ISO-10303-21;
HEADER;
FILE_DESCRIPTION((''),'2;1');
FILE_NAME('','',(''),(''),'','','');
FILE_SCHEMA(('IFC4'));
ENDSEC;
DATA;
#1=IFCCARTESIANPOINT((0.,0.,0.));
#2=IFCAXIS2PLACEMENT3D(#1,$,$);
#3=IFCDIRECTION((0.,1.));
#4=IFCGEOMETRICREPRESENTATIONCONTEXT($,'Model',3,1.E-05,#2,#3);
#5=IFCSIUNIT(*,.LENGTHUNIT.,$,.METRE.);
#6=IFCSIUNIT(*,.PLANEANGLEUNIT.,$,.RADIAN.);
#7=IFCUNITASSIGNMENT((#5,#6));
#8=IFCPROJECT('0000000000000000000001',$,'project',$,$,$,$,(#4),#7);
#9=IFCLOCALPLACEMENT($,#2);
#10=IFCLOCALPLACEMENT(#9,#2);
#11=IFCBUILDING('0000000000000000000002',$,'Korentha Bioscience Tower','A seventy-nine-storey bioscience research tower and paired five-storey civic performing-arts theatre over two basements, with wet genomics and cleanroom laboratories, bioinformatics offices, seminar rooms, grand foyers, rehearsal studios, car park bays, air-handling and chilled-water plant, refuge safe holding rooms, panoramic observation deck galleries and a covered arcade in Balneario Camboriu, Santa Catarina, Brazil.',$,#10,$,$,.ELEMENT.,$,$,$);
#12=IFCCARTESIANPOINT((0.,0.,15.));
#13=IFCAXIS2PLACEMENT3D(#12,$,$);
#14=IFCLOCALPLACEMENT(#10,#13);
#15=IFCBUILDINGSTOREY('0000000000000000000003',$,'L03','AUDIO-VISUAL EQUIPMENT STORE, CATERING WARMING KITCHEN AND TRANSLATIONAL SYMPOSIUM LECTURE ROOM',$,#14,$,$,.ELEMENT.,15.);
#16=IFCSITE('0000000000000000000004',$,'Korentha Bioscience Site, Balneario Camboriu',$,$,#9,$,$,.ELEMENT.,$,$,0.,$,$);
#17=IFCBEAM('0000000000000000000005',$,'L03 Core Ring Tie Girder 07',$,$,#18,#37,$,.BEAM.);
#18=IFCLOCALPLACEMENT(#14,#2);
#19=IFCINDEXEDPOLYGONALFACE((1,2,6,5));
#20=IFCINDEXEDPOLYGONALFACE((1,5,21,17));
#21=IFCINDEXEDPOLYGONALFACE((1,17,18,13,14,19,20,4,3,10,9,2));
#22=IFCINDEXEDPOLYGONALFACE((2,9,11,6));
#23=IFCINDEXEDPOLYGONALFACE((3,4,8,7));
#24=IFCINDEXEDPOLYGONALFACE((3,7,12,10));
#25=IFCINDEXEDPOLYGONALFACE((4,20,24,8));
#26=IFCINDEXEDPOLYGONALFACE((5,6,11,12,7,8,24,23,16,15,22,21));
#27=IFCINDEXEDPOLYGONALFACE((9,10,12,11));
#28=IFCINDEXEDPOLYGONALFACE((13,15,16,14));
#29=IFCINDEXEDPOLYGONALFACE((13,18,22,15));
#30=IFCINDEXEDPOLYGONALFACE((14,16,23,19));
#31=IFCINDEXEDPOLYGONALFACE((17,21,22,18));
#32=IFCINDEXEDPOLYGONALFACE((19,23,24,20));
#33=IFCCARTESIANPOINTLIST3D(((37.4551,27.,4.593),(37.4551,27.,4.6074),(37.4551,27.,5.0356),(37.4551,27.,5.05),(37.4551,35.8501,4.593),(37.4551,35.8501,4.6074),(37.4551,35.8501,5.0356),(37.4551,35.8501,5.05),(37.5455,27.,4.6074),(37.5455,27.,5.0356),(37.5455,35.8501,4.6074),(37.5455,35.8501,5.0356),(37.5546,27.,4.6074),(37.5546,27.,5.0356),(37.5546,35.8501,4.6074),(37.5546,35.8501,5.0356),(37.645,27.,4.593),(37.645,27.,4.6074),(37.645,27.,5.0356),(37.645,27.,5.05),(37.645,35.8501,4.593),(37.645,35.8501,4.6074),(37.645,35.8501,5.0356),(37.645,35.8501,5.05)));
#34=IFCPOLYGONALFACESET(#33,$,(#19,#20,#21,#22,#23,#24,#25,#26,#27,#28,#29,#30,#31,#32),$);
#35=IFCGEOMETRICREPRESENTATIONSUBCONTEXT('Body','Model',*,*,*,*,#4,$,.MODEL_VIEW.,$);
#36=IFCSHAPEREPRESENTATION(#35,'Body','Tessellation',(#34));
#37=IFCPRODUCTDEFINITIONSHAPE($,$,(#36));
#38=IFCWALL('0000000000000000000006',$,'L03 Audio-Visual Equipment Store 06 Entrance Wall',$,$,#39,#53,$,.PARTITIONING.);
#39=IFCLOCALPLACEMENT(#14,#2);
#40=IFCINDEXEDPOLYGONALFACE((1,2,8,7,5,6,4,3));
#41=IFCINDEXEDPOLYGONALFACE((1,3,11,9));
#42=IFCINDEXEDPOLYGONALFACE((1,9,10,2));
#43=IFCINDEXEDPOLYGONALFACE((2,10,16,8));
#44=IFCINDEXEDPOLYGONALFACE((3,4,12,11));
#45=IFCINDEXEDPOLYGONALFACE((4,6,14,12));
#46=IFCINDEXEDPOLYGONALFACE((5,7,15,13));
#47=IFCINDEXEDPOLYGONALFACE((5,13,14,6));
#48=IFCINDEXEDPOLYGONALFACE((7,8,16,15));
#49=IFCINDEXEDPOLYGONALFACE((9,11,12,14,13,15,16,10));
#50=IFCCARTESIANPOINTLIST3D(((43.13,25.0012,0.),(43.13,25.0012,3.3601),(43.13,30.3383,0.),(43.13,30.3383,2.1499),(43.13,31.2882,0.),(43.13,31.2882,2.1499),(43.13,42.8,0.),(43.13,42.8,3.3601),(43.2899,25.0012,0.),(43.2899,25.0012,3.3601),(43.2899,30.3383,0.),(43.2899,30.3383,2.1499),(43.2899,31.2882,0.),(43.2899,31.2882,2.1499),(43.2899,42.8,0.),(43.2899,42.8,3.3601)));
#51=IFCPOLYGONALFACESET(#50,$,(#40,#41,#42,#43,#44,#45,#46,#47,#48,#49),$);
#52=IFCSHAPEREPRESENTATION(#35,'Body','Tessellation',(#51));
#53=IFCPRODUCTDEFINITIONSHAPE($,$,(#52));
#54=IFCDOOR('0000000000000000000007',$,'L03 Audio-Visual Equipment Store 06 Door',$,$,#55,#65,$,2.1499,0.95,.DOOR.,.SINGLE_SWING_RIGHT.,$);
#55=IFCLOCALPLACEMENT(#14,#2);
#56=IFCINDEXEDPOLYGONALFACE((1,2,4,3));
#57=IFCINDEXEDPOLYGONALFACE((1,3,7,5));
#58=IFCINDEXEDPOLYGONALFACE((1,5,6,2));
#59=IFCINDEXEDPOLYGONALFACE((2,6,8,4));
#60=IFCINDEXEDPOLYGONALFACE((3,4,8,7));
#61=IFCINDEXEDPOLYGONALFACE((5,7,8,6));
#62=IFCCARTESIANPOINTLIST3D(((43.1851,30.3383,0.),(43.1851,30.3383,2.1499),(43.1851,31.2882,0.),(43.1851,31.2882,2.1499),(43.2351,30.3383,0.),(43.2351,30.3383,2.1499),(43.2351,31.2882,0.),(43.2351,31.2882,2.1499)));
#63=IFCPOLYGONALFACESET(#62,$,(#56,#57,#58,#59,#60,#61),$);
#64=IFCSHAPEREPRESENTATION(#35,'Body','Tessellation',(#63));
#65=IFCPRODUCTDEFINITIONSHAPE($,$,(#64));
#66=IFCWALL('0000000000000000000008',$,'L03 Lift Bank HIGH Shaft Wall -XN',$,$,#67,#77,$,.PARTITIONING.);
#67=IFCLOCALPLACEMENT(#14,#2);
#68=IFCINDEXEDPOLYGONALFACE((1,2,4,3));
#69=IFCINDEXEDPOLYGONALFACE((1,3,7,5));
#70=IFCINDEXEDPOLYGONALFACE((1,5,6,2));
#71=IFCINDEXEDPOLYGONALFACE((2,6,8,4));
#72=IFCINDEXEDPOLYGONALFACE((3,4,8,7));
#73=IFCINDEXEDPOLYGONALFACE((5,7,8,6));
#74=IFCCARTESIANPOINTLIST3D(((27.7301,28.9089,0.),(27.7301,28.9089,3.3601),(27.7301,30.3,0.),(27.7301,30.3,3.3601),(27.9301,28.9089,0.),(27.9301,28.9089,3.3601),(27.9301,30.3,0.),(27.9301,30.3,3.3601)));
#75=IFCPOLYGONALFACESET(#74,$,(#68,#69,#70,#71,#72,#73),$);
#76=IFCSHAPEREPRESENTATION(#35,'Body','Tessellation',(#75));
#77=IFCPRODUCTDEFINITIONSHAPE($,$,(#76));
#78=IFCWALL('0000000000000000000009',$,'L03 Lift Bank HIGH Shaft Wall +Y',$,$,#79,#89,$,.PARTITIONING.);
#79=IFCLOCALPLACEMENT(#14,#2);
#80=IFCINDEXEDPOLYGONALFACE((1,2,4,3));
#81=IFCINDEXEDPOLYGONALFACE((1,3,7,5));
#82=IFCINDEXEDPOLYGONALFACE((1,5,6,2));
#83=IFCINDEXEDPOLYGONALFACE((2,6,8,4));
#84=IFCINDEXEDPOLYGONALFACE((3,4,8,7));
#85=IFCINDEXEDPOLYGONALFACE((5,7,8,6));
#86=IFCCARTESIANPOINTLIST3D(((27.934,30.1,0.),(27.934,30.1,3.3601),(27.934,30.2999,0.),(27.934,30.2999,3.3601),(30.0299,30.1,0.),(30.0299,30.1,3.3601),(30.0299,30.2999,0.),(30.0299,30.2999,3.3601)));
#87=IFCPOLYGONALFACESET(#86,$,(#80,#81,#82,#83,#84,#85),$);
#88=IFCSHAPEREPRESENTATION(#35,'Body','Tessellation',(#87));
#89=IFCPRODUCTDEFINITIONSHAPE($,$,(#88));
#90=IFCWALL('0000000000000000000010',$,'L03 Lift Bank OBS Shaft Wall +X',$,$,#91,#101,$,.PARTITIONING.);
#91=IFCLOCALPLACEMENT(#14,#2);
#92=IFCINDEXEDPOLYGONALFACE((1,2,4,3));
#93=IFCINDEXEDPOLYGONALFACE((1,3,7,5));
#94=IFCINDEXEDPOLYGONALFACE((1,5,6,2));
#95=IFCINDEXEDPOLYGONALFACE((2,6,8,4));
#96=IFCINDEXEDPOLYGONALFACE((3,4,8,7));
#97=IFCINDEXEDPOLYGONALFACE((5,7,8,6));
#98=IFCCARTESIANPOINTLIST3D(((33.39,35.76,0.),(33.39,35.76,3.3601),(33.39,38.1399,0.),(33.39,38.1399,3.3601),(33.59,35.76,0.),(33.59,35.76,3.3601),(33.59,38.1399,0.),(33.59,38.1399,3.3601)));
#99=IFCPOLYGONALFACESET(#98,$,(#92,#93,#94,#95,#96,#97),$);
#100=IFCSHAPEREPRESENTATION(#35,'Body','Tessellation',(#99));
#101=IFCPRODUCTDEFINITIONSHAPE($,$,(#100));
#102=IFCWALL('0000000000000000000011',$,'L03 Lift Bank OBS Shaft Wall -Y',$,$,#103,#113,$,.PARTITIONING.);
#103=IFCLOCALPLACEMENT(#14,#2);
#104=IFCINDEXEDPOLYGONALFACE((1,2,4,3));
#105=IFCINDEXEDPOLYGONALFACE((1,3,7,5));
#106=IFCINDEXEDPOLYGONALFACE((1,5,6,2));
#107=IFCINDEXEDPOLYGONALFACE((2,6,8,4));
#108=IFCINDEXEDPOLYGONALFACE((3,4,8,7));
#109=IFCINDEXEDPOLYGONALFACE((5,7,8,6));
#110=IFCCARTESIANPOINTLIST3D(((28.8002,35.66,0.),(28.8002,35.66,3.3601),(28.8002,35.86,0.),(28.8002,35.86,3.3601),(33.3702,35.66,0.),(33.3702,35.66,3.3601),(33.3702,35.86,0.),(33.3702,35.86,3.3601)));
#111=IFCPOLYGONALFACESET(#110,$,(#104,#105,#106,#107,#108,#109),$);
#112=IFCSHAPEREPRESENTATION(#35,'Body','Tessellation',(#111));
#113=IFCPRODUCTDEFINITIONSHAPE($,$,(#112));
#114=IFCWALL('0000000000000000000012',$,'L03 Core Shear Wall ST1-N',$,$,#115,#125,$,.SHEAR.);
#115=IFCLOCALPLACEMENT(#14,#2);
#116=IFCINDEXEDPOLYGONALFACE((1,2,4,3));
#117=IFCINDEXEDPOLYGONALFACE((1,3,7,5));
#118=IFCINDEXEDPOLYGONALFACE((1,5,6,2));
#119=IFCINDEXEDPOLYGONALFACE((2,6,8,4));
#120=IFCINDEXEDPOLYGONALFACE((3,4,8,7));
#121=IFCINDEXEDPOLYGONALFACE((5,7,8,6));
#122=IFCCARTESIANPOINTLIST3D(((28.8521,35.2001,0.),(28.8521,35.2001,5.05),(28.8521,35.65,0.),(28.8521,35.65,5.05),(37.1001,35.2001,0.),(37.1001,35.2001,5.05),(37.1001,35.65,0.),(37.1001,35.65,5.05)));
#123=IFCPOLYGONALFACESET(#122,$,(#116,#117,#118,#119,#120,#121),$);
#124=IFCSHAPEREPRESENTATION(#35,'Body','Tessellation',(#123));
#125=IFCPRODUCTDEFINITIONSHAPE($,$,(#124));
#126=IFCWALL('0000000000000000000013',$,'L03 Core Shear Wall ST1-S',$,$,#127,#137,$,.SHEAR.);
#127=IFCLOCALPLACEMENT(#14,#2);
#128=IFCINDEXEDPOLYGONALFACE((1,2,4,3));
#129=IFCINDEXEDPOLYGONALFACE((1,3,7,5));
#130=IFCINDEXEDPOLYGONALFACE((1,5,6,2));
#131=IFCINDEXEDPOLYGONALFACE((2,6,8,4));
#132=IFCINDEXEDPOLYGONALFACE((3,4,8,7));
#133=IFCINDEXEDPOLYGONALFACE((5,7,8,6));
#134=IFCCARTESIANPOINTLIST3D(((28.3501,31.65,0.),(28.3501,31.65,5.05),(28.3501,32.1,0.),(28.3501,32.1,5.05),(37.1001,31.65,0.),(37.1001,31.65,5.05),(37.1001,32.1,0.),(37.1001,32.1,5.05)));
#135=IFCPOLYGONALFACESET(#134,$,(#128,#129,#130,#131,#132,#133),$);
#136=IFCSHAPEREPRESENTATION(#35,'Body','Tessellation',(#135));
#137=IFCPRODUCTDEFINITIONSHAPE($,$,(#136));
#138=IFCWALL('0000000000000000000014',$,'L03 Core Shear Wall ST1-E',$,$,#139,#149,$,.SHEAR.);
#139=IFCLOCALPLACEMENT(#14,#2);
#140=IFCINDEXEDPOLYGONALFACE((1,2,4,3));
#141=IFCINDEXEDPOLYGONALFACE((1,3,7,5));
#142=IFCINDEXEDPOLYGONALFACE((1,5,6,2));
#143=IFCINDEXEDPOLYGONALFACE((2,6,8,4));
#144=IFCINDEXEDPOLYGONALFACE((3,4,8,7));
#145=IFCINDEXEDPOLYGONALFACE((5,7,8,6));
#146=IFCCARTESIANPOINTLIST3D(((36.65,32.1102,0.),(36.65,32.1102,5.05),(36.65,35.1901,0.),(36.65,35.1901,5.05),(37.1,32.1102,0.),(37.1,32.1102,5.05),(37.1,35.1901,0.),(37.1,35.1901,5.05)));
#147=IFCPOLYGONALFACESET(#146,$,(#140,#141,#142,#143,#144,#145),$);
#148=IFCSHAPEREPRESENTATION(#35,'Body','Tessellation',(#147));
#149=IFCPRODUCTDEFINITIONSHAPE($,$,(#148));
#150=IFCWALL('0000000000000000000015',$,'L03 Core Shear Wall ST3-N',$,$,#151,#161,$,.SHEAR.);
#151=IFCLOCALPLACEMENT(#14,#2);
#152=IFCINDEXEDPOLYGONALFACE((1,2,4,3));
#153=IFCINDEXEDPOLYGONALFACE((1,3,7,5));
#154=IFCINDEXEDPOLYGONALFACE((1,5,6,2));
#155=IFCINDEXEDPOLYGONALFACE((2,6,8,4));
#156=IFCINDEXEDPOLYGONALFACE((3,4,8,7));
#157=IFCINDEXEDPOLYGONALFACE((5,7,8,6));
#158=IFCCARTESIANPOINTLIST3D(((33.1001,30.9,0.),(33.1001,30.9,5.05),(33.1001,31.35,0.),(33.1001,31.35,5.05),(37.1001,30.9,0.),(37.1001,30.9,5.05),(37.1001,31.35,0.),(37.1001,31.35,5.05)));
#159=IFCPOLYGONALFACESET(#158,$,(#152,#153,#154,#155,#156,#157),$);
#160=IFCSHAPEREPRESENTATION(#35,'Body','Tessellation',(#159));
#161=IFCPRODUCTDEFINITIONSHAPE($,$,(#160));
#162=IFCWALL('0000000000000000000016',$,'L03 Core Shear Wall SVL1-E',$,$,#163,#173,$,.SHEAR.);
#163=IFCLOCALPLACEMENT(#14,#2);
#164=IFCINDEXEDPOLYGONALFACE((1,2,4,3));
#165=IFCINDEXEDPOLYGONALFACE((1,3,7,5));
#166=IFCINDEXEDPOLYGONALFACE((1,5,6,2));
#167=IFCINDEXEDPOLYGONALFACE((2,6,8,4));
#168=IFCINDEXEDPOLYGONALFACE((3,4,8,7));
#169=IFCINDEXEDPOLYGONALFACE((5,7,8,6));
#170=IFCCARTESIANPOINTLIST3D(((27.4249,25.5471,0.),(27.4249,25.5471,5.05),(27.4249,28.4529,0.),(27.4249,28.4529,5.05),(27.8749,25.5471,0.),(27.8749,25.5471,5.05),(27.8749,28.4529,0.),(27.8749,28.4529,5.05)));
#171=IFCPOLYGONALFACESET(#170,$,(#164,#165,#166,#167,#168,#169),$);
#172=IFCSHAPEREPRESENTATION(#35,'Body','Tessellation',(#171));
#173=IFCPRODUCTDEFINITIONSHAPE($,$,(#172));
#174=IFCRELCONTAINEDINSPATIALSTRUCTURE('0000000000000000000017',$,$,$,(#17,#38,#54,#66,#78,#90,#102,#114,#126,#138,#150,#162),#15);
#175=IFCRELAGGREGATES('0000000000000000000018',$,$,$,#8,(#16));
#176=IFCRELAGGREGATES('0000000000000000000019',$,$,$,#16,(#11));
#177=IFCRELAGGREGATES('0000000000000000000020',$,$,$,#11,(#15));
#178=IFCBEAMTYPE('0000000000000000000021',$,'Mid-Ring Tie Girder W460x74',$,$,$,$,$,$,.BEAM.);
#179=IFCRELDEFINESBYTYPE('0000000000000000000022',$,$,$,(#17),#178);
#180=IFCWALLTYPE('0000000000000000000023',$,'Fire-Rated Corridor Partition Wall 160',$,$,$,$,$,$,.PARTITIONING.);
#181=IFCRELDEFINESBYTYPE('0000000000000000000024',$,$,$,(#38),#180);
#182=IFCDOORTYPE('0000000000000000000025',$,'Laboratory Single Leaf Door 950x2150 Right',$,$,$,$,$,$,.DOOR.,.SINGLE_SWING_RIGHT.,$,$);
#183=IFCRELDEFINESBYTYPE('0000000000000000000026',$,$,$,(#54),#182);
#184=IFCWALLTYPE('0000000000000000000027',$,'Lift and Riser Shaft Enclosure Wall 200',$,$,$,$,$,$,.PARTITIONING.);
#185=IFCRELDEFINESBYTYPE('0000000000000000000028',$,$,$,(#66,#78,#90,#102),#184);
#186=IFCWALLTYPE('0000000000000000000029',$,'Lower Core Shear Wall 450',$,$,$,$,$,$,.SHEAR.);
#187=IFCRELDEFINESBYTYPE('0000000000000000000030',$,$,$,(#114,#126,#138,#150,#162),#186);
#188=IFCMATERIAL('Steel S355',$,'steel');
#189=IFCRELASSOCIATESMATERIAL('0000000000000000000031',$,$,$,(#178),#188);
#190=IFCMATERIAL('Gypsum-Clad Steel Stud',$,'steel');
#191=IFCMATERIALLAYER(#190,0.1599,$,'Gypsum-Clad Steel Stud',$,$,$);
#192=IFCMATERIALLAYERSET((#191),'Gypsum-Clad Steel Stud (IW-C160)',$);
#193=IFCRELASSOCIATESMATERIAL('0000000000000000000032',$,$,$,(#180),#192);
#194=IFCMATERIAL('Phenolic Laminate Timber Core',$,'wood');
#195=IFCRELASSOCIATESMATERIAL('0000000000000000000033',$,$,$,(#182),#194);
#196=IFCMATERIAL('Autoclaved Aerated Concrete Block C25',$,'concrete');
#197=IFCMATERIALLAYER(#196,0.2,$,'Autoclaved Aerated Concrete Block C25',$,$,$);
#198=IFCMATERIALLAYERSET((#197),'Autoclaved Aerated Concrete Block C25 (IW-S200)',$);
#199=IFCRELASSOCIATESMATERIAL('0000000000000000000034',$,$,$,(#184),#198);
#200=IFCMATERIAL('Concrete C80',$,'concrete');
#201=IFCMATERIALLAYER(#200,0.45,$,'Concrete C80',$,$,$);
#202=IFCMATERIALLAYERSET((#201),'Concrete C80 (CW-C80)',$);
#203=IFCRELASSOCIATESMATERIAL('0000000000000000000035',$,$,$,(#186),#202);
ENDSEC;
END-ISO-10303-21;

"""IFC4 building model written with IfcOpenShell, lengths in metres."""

from ifc_helpers import new_model, si_unit, direction, frame, frame_2d, origin, origin_2d, place, context, subcontext, project, spatial, rectangle, i_section, extrude, material, layer, layer_set, material_profile, profile_set, type_object, element, fill, save


model = new_model("IFC4")

# Units and contexts
model_context = context("Model", 3, precision=1e-05, world=origin(), true_north=direction((0.0, 1.0)))
body_context = subcontext(model_context, "Body", "Model", "MODEL_VIEW")
ifc_project = project(units=[si_unit("LENGTHUNIT", "METRE"), si_unit("PLANEANGLEUNIT", "RADIAN")], contexts=[model_context])

# Site, building, storey
site_placement = place(None, origin())
site = spatial("IfcSite", under=ifc_project, at=site_placement, Name="Korentha Bioscience Site, Balneario Camboriu", CompositionType="ELEMENT", RefElevation=0.0)
building_placement = place(site_placement, origin())
building = spatial("IfcBuilding", under=site, at=building_placement, Name="Korentha Bioscience Tower", Description="A seventy-nine-storey bioscience research tower and paired five-storey civic performing-arts theatre over two basements, with wet genomics and cleanroom laboratories, bioinformatics offices, seminar rooms, grand foyers, rehearsal studios, car park bays, air-handling and chilled-water plant, refuge safe holding rooms, panoramic observation deck galleries and a covered arcade in Balneario Camboriu, Santa Catarina, Brazil.", CompositionType="ELEMENT")
storey_placement = place(building_placement, frame((0.0, 0.0, 15.0)))
storey = spatial("IfcBuildingStorey", under=building, at=storey_placement, Name="L03", Description="AUDIO-VISUAL EQUIPMENT STORE, CATERING WARMING KITCHEN AND TRANSLATIONAL SYMPOSIUM LECTURE ROOM", CompositionType="ELEMENT", Elevation=15.0)

# Beam
ifc_material_1 = material(Name="Steel S355", Category="steel")
ifc_material_profile_1 = material_profile(ifc_material_1, i_section(OverallWidth=0.1899, OverallDepth=0.457, WebThickness=0.009, FlangeThickness=0.0144, at=origin_2d()), Name="Steel S355")
ifc_profile_set_1 = profile_set([ifc_material_profile_1], Name="Steel S355 (MB-460)")
beam_type_1 = type_object("IfcBeamType", Name="Mid-Ring Tie Girder W460x74", PredefinedType="BEAM", material=ifc_profile_set_1)
beam_1_placement = place(storey_placement, frame((37.55, 27.0, 4.8215), z_axis=(0.0, 1.0, 0.0), x_axis=(-1.0, 0.0, 0.0)))
element("IfcBeam", 1, at=beam_1_placement, inside=storey, type_object=beam_type_1, Name="L03 Core Ring Tie Girder 07", PredefinedType="BEAM", context=body_context, shape_type="SweptSolid", body=[
    extrude(i_section(OverallWidth=0.1899, OverallDepth=0.457, WebThickness=0.009, FlangeThickness=0.0144, at=origin_2d()), origin(), (0.0, 0.0, 1.0), 8.8501),
])

# Wall, opening, door
ifc_material_2 = material(Name="Gypsum-Clad Steel Stud", Category="steel")
ifc_layer_1 = layer(ifc_material_2, 0.1599, Name="Gypsum-Clad Steel Stud")
ifc_layer_set_1 = layer_set([ifc_layer_1], Name="Gypsum-Clad Steel Stud (IW-C160)")
wall_type_1 = type_object("IfcWallType", Name="Fire-Rated Corridor Partition Wall 160", PredefinedType="PARTITIONING", material=ifc_layer_set_1)
wall_1_placement = place(storey_placement, frame((43.21, 25.0012, 0.0), z_axis=(0.0, 0.0, 1.0), x_axis=(0.0, 1.0, 0.0)))
wall_1 = element("IfcWall", 2, at=wall_1_placement, inside=storey, type_object=wall_type_1, Name="L03 Audio-Visual Equipment Store 06 Entrance Wall", PredefinedType="PARTITIONING", context=body_context, shape_type="SweptSolid", body=[
    extrude(rectangle(XDim=17.7988, YDim=0.1599, at=frame_2d((8.8994, 0.0))), origin(), (0.0, 0.0, 1.0), 3.3601),
])
opening_1_placement = place(wall_1_placement, frame((5.3369, 0.0, 0.0)))
opening_1 = element("IfcOpeningElement", 3, at=opening_1_placement, cuts=wall_1, PredefinedType="OPENING", context=body_context, shape_type="SweptSolid", body=[
    extrude(rectangle(XDim=0.95, YDim=2.1499, at=frame_2d((0.4751, 1.075))), frame((0.0, 0.0947, 0.0), z_axis=(0.0, -1.0, 0.0), x_axis=(1.0, 0.0, 0.0)), (0.0, 0.0, 1.0), 0.1897),
])
ifc_material_3 = material(Name="Phenolic Laminate Timber Core", Category="wood")
door_type_1 = type_object("IfcDoorType", Name="Laboratory Single Leaf Door 950x2150 Right", OperationType="SINGLE_SWING_RIGHT", PredefinedType="DOOR", material=ifc_material_3)
door_1_placement = place(opening_1_placement, origin())
door_1 = element("IfcDoor", 4, at=door_1_placement, inside=storey, type_object=door_type_1, Name="L03 Audio-Visual Equipment Store 06 Door", OperationType="SINGLE_SWING_RIGHT", OverallHeight=2.1499, OverallWidth=0.95, PredefinedType="DOOR", context=body_context, shape_type="SweptSolid", body=[
    extrude(rectangle(XDim=0.95, YDim=2.1499, at=frame_2d((0.4751, 1.075))), frame((0.0, 0.0249, 0.0), z_axis=(0.0, -1.0, 0.0), x_axis=(1.0, 0.0, 0.0)), (0.0, 0.0, 1.0), 0.05),
])
fill(opening_1, door_1)

# Walls
ifc_material_4 = material(Name="Autoclaved Aerated Concrete Block C25", Category="concrete")
ifc_layer_2 = layer(ifc_material_4, 0.2, Name="Autoclaved Aerated Concrete Block C25")
ifc_layer_set_2 = layer_set([ifc_layer_2], Name="Autoclaved Aerated Concrete Block C25 (IW-S200)")
wall_type_2 = type_object("IfcWallType", Name="Lift and Riser Shaft Enclosure Wall 200", PredefinedType="PARTITIONING", material=ifc_layer_set_2)
wall_2_placement = place(storey_placement, frame((27.8301, 28.9089, 0.0), z_axis=(0.0, 0.0, 1.0), x_axis=(0.0, 1.0, 0.0)))
element("IfcWall", 5, at=wall_2_placement, inside=storey, type_object=wall_type_2, Name="L03 Lift Bank HIGH Shaft Wall -XN", PredefinedType="PARTITIONING", context=body_context, shape_type="SweptSolid", body=[
    extrude(rectangle(XDim=1.3911, YDim=0.2, at=frame_2d((0.6956, 0.0))), origin(), (0.0, 0.0, 1.0), 3.3601),
])
wall_3_placement = place(storey_placement, frame((27.9341, 30.2, 0.0), z_axis=(0.0, 0.0, 1.0), x_axis=(1.0, 0.0, 0.0)))
element("IfcWall", 6, at=wall_3_placement, inside=storey, type_object=wall_type_2, Name="L03 Lift Bank HIGH Shaft Wall +Y", PredefinedType="PARTITIONING", context=body_context, shape_type="SweptSolid", body=[
    extrude(rectangle(XDim=2.0959, YDim=0.2, at=frame_2d((1.0479, 0.0))), origin(), (0.0, 0.0, 1.0), 3.3601),
])
wall_4_placement = place(storey_placement, frame((33.49, 35.76, 0.0), z_axis=(0.0, 0.0, 1.0), x_axis=(0.0, 1.0, 0.0)))
element("IfcWall", 7, at=wall_4_placement, inside=storey, type_object=wall_type_2, Name="L03 Lift Bank OBS Shaft Wall +X", PredefinedType="PARTITIONING", context=body_context, shape_type="SweptSolid", body=[
    extrude(rectangle(XDim=2.3799, YDim=0.2, at=frame_2d((1.1899, 0.0))), origin(), (0.0, 0.0, 1.0), 3.3601),
])
wall_5_placement = place(storey_placement, frame((28.8, 35.76, 0.0), z_axis=(0.0, 0.0, 1.0), x_axis=(1.0, 0.0, 0.0)))
element("IfcWall", 8, at=wall_5_placement, inside=storey, type_object=wall_type_2, Name="L03 Lift Bank OBS Shaft Wall -Y", PredefinedType="PARTITIONING", context=body_context, shape_type="SweptSolid", body=[
    extrude(rectangle(XDim=4.5701, YDim=0.2, at=frame_2d((2.2852, 0.0))), origin(), (0.0, 0.0, 1.0), 3.3601),
])
ifc_material_5 = material(Name="Concrete C80", Category="concrete")
ifc_layer_3 = layer(ifc_material_5, 0.45, Name="Concrete C80")
ifc_layer_set_3 = layer_set([ifc_layer_3], Name="Concrete C80 (CW-C80)")
wall_type_3 = type_object("IfcWallType", Name="Lower Core Shear Wall 450", PredefinedType="SHEAR", material=ifc_layer_set_3)
wall_6_placement = place(storey_placement, frame((28.8521, 35.425, 0.0), z_axis=(0.0, 0.0, 1.0), x_axis=(1.0, 0.0, 0.0)))
element("IfcWall", 9, at=wall_6_placement, inside=storey, type_object=wall_type_3, Name="L03 Core Shear Wall ST1-N", PredefinedType="SHEAR", context=body_context, shape_type="SweptSolid", body=[
    extrude(rectangle(XDim=8.248, YDim=0.45, at=frame_2d((4.124, 0.0))), origin(), (0.0, 0.0, 1.0), 5.05),
])
wall_7_placement = place(storey_placement, frame((28.3501, 31.875, 0.0), z_axis=(0.0, 0.0, 1.0), x_axis=(1.0, 0.0, 0.0)))
element("IfcWall", 10, at=wall_7_placement, inside=storey, type_object=wall_type_3, Name="L03 Core Shear Wall ST1-S", PredefinedType="SHEAR", context=body_context, shape_type="SweptSolid", body=[
    extrude(rectangle(XDim=8.75, YDim=0.45, at=frame_2d((4.375, 0.0))), origin(), (0.0, 0.0, 1.0), 5.05),
])
wall_8_placement = place(storey_placement, frame((36.875, 32.1101, 0.0), z_axis=(0.0, 0.0, 1.0), x_axis=(0.0, 1.0, 0.0)))
element("IfcWall", 11, at=wall_8_placement, inside=storey, type_object=wall_type_3, Name="L03 Core Shear Wall ST1-E", PredefinedType="SHEAR", context=body_context, shape_type="SweptSolid", body=[
    extrude(rectangle(XDim=3.0798, YDim=0.45, at=frame_2d((1.54, 0.0))), origin(), (0.0, 0.0, 1.0), 5.05),
])

# Walls
wall_9_placement = place(storey_placement, frame((33.1001, 31.125, 0.0), z_axis=(0.0, 0.0, 1.0), x_axis=(1.0, 0.0, 0.0)))
element("IfcWall", 12, at=wall_9_placement, inside=storey, type_object=wall_type_3, Name="L03 Core Shear Wall ST3-N", PredefinedType="SHEAR", context=body_context, shape_type="SweptSolid", body=[
    extrude(rectangle(XDim=4.0, YDim=0.45, at=frame_2d((2.0, 0.0))), origin(), (0.0, 0.0, 1.0), 5.05),
])
wall_10_placement = place(storey_placement, frame((27.6499, 25.5471, 0.0), z_axis=(0.0, 0.0, 1.0), x_axis=(0.0, 1.0, 0.0)))
element("IfcWall", 13, at=wall_10_placement, inside=storey, type_object=wall_type_3, Name="L03 Core Shear Wall SVL1-E", PredefinedType="SHEAR", context=body_context, shape_type="SweptSolid", body=[
    extrude(rectangle(XDim=2.9058, YDim=0.45, at=frame_2d((1.4529, 0.0))), origin(), (0.0, 0.0, 1.0), 5.05),
])

save(model, "model.ifc")
